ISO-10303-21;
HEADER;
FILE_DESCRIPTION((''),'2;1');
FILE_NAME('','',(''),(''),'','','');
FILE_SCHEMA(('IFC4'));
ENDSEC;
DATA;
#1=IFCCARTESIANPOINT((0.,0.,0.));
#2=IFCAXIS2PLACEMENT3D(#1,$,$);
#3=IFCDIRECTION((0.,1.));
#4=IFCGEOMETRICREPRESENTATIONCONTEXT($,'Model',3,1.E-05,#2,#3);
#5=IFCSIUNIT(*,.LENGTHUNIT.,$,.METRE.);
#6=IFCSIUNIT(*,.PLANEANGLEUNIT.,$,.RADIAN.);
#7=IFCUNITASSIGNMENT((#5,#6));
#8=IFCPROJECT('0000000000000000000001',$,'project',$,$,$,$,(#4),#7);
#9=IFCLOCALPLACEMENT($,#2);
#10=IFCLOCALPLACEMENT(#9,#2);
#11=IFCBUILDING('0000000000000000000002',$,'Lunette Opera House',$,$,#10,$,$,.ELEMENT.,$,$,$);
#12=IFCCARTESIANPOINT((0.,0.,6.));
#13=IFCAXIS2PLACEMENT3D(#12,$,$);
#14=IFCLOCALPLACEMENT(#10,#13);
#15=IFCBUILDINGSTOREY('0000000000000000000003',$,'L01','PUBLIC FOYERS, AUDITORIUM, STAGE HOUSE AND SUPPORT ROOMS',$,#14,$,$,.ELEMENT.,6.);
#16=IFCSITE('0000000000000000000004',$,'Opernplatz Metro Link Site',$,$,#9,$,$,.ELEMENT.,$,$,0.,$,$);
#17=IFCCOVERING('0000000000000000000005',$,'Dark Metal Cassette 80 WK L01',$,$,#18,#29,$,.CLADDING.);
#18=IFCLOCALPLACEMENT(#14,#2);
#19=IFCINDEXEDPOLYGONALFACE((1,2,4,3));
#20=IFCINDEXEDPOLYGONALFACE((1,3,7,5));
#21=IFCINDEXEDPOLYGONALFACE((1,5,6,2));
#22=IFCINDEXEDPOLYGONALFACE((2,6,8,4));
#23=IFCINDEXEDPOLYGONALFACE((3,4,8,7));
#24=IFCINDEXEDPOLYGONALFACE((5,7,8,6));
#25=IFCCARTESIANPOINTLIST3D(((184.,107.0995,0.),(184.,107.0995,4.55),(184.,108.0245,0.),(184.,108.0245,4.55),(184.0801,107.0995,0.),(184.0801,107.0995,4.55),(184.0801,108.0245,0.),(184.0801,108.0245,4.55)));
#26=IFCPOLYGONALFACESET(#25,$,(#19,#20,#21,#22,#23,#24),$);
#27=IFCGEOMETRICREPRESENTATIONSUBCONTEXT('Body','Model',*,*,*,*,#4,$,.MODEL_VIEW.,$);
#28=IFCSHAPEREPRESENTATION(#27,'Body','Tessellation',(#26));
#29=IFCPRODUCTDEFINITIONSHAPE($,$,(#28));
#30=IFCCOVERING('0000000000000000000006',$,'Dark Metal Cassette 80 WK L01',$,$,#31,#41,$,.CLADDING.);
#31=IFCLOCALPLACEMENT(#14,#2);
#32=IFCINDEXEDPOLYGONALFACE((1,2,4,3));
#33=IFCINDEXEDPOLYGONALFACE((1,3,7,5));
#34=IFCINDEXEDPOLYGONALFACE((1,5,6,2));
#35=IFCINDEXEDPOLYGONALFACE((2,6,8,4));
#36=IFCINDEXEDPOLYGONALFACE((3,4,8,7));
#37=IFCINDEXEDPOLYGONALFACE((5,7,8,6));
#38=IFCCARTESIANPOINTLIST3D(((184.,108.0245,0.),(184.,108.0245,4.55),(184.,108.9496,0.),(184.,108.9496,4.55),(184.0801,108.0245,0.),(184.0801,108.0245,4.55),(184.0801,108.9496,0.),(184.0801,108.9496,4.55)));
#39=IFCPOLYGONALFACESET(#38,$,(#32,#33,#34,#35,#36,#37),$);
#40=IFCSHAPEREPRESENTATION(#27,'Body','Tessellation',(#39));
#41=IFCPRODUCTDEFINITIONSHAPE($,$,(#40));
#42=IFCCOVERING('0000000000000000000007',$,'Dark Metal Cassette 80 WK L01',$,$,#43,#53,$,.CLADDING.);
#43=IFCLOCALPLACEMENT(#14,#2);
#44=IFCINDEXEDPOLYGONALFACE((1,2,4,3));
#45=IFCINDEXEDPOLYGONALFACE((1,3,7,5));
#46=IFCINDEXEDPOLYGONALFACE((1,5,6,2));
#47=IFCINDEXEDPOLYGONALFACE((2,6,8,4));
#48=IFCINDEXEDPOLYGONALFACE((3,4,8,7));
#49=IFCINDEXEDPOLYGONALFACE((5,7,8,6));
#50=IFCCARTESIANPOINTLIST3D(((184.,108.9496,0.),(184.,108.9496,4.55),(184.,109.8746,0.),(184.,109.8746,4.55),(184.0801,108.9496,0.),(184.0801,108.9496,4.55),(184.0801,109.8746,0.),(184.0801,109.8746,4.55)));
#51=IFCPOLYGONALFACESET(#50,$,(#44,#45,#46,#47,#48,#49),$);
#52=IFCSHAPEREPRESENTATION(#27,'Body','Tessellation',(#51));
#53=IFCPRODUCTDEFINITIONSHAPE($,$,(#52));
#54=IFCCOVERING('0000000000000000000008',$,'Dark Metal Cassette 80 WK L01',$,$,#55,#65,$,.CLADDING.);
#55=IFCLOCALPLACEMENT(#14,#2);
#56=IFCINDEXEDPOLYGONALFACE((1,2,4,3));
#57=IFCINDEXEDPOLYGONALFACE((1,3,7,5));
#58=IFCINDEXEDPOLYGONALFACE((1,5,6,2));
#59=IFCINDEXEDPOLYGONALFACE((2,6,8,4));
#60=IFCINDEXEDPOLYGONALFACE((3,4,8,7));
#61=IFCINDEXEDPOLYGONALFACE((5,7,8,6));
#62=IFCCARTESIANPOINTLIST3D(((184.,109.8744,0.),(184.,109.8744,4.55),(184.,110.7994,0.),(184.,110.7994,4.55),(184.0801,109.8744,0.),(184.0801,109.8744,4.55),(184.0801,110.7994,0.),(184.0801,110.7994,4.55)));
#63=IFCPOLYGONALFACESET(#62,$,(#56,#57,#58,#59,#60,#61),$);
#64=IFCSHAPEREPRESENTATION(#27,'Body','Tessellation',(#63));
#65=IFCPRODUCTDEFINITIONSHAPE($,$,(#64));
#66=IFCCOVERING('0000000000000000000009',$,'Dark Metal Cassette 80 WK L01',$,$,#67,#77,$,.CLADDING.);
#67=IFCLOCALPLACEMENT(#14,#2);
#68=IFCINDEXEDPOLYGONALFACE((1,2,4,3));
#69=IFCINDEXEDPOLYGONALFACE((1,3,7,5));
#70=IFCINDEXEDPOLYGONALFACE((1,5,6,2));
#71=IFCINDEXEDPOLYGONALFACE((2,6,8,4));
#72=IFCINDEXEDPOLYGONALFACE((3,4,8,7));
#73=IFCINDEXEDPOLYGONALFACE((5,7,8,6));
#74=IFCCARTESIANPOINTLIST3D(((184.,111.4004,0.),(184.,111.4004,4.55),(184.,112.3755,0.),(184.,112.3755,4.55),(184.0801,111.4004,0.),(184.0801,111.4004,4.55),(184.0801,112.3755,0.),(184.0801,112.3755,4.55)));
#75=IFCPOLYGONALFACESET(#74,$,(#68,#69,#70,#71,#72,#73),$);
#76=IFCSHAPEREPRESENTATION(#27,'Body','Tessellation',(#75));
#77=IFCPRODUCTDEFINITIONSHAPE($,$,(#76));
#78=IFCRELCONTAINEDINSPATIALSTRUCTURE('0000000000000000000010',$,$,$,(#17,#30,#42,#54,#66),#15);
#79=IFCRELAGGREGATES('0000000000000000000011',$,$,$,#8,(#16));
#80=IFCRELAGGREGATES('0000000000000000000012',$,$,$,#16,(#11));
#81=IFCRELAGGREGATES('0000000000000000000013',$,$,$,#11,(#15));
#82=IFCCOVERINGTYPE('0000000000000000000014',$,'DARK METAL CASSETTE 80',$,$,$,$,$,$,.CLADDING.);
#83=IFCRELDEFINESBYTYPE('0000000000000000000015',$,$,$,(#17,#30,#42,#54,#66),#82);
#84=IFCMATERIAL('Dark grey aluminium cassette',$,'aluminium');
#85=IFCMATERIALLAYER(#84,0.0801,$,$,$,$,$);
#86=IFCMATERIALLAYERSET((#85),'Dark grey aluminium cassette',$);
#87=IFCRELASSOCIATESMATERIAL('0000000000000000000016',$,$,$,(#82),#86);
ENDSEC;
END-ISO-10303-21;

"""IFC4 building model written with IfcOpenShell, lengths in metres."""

from ifc_helpers import new_model, si_unit, direction, frame, origin, origin_2d, place, context, subcontext, project, spatial, rectangle, extrude, material, layer, layer_set, type_object, element, save


model = new_model("IFC4")

# Units and contexts
model_context = context("Model", 3, precision=1e-05, world=origin(), true_north=direction((0.0, 1.0)))
body_context = subcontext(model_context, "Body", "Model", "MODEL_VIEW")
ifc_project = project(units=[si_unit("LENGTHUNIT", "METRE"), si_unit("PLANEANGLEUNIT", "RADIAN")], contexts=[model_context])

# Site, building, storey
site_placement = place(None, origin())
site = spatial("IfcSite", under=ifc_project, at=site_placement, Name="Opernplatz Metro Link Site", CompositionType="ELEMENT", RefElevation=0.0)
building_placement = place(site_placement, origin())
building = spatial("IfcBuilding", under=site, at=building_placement, Name="Lunette Opera House", CompositionType="ELEMENT")
storey_placement = place(building_placement, frame((0.0, 0.0, 6.0)))
storey = spatial("IfcBuildingStorey", under=building, at=storey_placement, Name="L01", Description="PUBLIC FOYERS, AUDITORIUM, STAGE HOUSE AND SUPPORT ROOMS", CompositionType="ELEMENT", Elevation=6.0)

# Coverings
ifc_material_1 = material(Name="Dark grey aluminium cassette", Category="aluminium")
ifc_layer_1 = layer(ifc_material_1, 0.0801)
ifc_layer_set_1 = layer_set([ifc_layer_1], Name="Dark grey aluminium cassette")
covering_type = type_object("IfcCoveringType", Name="DARK METAL CASSETTE 80", PredefinedType="CLADDING", material=ifc_layer_set_1)
for number, where, z_axis, x_axis, name in (
    (1, (184.04, 107.562, 0.0), (0.0, 0.0, 1.0), (0.0, 1.0, 0.0), "Dark Metal Cassette 80 WK L01"),
    (2, (184.04, 108.4871, 0.0), (0.0, 0.0, 1.0), (0.0, 1.0, 0.0), "Dark Metal Cassette 80 WK L01"),
    (3, (184.04, 109.4121, 0.0), (0.0, 0.0, 1.0), (0.0, 1.0, 0.0), "Dark Metal Cassette 80 WK L01"),
    (4, (184.04, 110.3369, 0.0), (0.0, 0.0, 1.0), (0.0, 1.0, 0.0), "Dark Metal Cassette 80 WK L01"),
):
    element("IfcCovering", number, at=place(storey_placement, frame(where, z_axis=z_axis, x_axis=x_axis)), inside=storey, type_object=covering_type, Name=name, PredefinedType="CLADDING", context=body_context, shape_type="SweptSolid", body=[
        extrude(rectangle(XDim=0.925, YDim=0.0801, at=origin_2d()), origin(), (0.0, 0.0, 1.0), 4.55),
    ])
covering_placement = place(storey_placement, frame((184.04, 111.8879, 0.0), z_axis=(0.0, 0.0, 1.0), x_axis=(0.0, 1.0, 0.0)))
element("IfcCovering", 5, at=covering_placement, inside=storey, type_object=covering_type, Name="Dark Metal Cassette 80 WK L01", PredefinedType="CLADDING", context=body_context, shape_type="SweptSolid", body=[
    extrude(rectangle(XDim=0.9751, YDim=0.0801, at=origin_2d()), origin(), (0.0, 0.0, 1.0), 4.55),
])

save(model, "model.ifc")
